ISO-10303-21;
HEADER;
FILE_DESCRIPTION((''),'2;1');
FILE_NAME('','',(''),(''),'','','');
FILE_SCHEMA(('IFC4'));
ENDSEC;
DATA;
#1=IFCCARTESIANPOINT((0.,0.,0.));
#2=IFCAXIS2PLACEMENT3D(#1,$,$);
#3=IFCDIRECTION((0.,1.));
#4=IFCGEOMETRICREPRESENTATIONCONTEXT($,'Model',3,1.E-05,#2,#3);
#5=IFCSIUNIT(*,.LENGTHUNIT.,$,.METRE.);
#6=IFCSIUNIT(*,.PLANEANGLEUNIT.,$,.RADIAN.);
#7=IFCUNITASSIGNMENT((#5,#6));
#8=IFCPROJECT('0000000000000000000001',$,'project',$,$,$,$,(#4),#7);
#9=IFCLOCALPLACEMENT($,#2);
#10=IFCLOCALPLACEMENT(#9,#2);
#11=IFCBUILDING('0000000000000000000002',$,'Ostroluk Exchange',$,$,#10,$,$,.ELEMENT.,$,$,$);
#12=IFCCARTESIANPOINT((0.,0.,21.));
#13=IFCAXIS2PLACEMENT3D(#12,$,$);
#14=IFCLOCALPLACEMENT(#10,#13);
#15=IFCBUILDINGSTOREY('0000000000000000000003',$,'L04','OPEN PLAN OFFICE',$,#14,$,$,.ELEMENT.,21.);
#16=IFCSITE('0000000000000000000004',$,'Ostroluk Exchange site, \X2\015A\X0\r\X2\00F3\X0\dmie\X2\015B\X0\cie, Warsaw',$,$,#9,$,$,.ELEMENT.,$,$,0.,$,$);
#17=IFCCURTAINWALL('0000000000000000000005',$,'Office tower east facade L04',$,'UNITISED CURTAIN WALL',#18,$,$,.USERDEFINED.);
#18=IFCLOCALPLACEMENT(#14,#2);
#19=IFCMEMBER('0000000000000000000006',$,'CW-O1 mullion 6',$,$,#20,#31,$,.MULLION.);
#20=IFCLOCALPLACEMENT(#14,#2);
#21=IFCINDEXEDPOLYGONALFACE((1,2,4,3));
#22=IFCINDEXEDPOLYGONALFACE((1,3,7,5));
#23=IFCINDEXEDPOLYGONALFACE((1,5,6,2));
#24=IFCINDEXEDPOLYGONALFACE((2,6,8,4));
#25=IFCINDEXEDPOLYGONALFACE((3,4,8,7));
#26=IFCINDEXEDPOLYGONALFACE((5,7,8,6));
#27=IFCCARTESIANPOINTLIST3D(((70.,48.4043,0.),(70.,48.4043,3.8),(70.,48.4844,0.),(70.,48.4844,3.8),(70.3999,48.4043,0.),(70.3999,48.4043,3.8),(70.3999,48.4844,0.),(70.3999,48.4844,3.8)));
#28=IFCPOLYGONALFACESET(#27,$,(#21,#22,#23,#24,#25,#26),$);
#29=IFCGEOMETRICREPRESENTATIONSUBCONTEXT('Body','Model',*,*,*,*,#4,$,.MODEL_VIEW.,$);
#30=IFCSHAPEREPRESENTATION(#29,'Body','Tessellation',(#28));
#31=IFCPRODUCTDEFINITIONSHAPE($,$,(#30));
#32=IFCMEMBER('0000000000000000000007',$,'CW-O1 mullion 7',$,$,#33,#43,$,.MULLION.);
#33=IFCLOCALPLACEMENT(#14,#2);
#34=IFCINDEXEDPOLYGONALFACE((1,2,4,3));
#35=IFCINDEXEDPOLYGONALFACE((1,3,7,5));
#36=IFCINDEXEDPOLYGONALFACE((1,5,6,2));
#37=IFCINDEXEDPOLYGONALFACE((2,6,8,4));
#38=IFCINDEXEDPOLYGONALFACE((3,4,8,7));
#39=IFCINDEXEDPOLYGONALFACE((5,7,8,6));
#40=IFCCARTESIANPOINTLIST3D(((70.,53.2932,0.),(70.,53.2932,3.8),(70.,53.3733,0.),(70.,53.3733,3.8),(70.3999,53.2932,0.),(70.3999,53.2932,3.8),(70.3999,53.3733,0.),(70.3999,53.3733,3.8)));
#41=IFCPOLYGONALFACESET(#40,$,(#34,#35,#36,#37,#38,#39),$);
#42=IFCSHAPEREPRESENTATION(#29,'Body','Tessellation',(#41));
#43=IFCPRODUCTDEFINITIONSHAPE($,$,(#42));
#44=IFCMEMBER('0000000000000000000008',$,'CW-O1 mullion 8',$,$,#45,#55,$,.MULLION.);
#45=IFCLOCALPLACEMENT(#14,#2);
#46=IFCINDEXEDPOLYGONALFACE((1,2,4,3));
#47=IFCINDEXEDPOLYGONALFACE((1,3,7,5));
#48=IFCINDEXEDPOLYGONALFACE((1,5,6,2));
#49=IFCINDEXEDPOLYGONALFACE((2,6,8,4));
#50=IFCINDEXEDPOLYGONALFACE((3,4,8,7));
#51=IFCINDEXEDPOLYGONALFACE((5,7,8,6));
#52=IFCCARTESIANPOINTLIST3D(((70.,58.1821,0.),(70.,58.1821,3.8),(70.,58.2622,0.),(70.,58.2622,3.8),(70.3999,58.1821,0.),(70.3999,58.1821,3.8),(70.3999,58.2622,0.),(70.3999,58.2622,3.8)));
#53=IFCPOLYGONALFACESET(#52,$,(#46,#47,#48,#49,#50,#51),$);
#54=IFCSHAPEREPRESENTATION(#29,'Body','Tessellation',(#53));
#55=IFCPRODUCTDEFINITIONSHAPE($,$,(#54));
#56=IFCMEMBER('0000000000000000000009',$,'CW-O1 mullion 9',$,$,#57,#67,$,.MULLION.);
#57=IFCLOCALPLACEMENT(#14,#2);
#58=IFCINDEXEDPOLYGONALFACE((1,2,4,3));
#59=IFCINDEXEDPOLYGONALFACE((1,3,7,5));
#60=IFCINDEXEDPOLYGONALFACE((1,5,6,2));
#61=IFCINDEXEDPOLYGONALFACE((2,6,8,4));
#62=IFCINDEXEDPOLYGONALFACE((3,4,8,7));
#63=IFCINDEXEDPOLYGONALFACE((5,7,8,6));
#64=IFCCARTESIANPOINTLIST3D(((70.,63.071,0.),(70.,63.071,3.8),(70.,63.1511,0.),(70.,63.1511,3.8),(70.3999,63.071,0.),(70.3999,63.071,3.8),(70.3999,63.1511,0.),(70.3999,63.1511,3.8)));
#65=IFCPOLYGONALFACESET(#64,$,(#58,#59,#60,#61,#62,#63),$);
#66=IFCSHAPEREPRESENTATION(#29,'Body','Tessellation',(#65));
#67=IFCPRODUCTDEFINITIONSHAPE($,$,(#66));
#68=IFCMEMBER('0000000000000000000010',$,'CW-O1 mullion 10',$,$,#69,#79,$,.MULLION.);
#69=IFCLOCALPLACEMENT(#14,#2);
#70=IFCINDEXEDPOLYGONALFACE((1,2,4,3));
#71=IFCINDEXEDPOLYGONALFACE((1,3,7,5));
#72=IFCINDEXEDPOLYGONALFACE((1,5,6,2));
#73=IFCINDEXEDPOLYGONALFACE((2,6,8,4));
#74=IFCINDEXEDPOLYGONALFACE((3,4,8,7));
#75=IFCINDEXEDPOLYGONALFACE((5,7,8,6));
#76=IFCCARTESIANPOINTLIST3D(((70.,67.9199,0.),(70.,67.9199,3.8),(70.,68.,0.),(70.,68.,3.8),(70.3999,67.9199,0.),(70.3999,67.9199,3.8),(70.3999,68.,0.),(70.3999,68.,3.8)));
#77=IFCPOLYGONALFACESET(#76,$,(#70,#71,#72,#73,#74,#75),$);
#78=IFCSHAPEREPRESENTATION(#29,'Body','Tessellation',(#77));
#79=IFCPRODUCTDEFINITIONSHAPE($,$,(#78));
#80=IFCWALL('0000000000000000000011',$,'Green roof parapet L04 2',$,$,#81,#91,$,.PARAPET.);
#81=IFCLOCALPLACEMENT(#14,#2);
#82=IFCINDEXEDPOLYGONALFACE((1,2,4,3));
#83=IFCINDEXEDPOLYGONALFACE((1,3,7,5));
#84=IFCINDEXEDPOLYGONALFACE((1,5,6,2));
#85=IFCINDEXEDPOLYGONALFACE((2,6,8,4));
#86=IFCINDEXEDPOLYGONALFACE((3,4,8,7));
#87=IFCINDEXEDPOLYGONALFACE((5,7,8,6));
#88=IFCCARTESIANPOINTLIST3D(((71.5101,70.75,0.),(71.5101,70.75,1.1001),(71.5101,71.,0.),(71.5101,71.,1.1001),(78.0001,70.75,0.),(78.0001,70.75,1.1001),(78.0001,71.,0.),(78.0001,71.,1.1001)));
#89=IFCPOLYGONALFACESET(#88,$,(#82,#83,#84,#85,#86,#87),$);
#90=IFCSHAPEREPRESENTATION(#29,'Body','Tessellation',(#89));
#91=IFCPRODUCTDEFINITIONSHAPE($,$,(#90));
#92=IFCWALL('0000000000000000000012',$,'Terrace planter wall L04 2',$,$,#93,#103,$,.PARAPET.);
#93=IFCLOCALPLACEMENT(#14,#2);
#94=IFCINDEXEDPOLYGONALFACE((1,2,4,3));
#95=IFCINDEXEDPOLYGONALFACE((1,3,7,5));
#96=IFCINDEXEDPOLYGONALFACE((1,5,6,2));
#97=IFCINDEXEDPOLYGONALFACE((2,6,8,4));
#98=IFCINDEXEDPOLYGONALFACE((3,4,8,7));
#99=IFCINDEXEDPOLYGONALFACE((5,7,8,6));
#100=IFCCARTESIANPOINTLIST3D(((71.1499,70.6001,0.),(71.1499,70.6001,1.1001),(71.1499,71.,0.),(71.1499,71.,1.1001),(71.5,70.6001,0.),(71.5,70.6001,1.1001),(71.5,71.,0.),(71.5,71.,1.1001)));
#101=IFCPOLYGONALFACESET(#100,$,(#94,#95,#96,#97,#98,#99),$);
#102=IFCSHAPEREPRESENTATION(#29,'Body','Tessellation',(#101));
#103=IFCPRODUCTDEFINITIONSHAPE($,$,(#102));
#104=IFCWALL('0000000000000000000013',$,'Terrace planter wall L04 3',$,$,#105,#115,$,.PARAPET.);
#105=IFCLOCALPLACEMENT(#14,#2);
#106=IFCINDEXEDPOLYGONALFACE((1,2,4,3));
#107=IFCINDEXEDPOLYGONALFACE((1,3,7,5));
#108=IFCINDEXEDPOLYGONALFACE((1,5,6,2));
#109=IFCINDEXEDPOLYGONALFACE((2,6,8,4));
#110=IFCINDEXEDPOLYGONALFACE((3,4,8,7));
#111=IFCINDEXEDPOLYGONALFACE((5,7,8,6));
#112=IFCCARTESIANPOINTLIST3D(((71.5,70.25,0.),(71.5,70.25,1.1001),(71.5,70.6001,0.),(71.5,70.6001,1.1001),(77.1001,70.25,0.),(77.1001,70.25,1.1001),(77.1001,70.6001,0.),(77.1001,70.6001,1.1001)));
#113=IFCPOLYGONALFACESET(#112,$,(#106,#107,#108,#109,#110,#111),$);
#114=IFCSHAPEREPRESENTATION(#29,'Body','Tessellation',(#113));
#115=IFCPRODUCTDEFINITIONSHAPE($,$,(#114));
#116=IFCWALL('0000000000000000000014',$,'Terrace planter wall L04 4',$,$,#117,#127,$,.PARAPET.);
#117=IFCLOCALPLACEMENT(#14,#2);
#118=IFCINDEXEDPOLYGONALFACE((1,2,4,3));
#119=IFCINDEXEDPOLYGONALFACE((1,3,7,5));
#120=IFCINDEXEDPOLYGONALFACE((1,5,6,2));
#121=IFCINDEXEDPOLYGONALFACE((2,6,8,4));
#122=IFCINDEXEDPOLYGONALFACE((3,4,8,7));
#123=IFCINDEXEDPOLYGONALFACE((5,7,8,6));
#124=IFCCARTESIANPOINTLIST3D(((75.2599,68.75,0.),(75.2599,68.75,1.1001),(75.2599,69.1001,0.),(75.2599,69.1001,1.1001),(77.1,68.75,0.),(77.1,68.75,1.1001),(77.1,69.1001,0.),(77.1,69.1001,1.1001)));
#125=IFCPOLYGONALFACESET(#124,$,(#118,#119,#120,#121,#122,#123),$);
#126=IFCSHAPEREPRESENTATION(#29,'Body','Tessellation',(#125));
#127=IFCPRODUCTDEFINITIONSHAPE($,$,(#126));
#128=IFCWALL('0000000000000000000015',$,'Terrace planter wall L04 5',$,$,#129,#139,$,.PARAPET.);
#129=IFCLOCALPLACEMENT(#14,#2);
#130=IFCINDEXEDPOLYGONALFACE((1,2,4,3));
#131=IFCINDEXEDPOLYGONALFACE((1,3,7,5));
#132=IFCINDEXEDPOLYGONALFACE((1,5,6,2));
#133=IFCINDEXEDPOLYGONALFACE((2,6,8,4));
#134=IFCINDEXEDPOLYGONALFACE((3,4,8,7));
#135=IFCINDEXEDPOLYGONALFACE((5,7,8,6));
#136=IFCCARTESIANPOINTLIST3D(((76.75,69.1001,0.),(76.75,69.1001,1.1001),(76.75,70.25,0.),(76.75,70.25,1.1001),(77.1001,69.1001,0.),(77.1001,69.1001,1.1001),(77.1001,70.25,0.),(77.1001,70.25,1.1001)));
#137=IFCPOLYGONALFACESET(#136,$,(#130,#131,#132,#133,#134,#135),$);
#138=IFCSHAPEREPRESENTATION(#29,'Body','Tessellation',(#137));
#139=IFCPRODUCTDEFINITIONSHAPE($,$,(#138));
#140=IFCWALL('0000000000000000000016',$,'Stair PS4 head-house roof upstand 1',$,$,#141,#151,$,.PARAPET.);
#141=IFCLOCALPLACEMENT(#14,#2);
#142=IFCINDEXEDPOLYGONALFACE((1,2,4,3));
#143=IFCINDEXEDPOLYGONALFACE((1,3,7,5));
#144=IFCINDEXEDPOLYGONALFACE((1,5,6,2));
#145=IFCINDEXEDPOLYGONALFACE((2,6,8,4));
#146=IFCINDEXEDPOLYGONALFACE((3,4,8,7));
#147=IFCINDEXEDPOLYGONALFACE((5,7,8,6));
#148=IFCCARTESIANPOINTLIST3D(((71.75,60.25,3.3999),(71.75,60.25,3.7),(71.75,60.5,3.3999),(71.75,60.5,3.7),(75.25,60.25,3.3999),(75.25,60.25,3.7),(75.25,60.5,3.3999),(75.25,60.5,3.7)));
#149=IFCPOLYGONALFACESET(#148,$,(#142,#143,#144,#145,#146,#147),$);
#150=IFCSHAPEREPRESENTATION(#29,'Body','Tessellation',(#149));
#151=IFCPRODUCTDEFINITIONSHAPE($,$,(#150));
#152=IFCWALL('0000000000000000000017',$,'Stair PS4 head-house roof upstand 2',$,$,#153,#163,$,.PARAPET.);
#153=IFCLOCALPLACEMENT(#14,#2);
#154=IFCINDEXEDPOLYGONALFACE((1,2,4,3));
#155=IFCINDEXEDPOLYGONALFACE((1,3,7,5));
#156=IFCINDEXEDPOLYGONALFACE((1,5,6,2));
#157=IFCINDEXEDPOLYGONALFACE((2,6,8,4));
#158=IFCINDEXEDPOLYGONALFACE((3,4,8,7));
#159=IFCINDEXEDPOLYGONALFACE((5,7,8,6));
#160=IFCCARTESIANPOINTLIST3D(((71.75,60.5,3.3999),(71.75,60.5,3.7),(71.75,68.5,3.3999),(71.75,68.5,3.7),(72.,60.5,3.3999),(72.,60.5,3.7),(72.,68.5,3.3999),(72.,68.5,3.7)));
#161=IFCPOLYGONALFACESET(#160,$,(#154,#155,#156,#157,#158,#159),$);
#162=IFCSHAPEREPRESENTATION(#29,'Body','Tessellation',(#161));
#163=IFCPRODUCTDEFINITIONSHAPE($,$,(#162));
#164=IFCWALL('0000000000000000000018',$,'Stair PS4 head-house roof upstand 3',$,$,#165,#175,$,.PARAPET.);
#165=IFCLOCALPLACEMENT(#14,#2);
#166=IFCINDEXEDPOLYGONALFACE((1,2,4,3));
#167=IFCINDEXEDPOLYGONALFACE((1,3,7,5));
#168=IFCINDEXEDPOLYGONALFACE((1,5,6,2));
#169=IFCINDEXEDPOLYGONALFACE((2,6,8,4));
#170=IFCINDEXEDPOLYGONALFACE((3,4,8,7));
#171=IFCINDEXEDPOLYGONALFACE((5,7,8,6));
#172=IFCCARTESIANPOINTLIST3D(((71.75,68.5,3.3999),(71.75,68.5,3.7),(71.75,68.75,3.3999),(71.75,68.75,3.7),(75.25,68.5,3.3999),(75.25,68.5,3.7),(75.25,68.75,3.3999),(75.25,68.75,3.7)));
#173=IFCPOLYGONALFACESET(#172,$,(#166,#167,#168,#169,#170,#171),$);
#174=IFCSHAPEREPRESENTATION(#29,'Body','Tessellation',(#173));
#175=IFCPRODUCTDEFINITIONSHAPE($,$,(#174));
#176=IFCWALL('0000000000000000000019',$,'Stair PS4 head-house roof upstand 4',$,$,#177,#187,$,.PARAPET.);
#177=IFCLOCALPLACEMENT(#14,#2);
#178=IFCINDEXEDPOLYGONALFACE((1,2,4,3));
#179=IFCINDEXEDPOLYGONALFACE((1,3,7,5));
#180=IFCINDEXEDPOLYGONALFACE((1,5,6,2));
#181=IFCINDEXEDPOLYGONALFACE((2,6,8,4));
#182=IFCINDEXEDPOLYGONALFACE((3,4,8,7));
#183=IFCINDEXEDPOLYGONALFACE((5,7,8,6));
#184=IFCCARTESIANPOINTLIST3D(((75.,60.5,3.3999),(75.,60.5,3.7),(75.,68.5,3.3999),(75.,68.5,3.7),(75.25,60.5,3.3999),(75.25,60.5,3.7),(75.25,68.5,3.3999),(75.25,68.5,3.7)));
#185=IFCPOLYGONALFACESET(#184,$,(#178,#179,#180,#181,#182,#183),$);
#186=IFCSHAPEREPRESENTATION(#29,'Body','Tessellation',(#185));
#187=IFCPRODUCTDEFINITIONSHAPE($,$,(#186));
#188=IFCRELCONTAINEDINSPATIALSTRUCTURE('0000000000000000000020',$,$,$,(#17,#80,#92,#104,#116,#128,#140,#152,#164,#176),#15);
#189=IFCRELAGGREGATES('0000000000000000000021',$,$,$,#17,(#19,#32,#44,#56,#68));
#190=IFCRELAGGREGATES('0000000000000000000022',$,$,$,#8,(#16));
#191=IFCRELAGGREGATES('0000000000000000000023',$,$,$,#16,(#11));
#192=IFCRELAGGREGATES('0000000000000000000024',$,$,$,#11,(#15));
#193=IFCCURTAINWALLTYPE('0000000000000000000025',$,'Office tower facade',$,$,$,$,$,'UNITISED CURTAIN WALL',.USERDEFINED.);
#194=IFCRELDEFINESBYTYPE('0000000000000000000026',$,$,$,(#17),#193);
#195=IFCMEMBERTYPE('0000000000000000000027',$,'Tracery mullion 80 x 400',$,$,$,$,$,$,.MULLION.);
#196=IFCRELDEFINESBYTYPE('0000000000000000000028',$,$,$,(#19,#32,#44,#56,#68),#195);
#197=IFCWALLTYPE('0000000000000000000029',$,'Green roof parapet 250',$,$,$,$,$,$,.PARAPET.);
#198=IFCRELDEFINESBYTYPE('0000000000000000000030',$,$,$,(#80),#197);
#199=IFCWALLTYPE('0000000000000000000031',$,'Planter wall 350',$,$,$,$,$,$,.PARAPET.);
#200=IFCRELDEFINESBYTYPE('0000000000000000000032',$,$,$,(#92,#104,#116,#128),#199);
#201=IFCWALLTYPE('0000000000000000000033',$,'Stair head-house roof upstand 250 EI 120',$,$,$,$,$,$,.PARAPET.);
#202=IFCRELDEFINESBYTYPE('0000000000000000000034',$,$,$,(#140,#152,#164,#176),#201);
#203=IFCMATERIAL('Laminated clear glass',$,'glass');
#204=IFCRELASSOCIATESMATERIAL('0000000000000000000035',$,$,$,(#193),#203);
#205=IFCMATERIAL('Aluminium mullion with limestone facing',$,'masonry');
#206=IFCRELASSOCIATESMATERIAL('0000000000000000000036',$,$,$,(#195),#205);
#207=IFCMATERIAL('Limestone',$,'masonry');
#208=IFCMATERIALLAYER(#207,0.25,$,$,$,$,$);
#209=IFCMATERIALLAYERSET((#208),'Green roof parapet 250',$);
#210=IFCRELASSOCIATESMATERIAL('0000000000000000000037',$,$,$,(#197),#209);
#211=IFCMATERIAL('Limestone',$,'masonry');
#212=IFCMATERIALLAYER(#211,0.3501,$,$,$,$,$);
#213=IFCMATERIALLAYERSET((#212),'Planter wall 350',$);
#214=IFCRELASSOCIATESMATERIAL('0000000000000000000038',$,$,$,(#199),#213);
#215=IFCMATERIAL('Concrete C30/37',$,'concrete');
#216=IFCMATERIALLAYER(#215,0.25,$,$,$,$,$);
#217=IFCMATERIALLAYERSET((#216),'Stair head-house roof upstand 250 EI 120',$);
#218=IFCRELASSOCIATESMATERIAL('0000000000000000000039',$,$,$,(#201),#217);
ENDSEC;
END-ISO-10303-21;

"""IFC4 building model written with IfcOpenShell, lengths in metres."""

from ifc_helpers import new_model, si_unit, direction, frame, frame_2d, origin, origin_2d, place, context, subcontext, project, spatial, rectangle, extrude, material, layer, layer_set, material_profile, profile_set, type_object, element, aggregate, save


model = new_model("IFC4")

# Units and contexts
model_context = context("Model", 3, precision=1e-05, world=origin(), true_north=direction((0.0, 1.0)))
body_context = subcontext(model_context, "Body", "Model", "MODEL_VIEW")
ifc_project = project(units=[si_unit("LENGTHUNIT", "METRE"), si_unit("PLANEANGLEUNIT", "RADIAN")], contexts=[model_context])

# Site, building, storey
site_placement = place(None, origin())
site = spatial("IfcSite", under=ifc_project, at=site_placement, Name="Ostroluk Exchange site, Śródmieście, Warsaw", CompositionType="ELEMENT", RefElevation=0.0)
building_placement = place(site_placement, origin())
building = spatial("IfcBuilding", under=site, at=building_placement, Name="Ostroluk Exchange", CompositionType="ELEMENT")
storey_placement = place(building_placement, frame((0.0, 0.0, 21.0)))
storey = spatial("IfcBuildingStorey", under=building, at=storey_placement, Name="L04", Description="OPEN PLAN OFFICE", CompositionType="ELEMENT", Elevation=21.0)

# Curtain wall, members
ifc_material_1 = material(Name="Laminated clear glass", Category="glass")
curtain_wall_type = type_object("IfcCurtainWallType", Name="Office tower facade", ElementType="UNITISED CURTAIN WALL", PredefinedType="USERDEFINED", material=ifc_material_1)
curtain_wall_placement = place(storey_placement, origin())
curtain_wall = element("IfcCurtainWall", 1, at=curtain_wall_placement, inside=storey, type_object=curtain_wall_type, Name="Office tower east facade L04", ObjectType="UNITISED CURTAIN WALL", PredefinedType="USERDEFINED")
ifc_material_2 = material(Name="Aluminium mullion with limestone facing", Category="masonry")
ifc_material_profile = material_profile(ifc_material_2, rectangle(XDim=0.3999, YDim=0.0801, at=origin_2d()), Name="Tracery mullion 80 x 400")
ifc_profile_set = profile_set([ifc_material_profile], Name="Aluminium mullion with limestone facing")
member_type = type_object("IfcMemberType", Name="Tracery mullion 80 x 400", PredefinedType="MULLION", material=ifc_profile_set)
member_1_placement = place(storey_placement, frame((70.2, 48.4443, 0.0), z_axis=(0.0, 0.0, 1.0), x_axis=(-1.0, 0.0, 0.0)))
member_1 = element("IfcMember", 2, at=member_1_placement, type_object=member_type, Name="CW-O1 mullion 6", PredefinedType="MULLION", context=body_context, shape_type="SweptSolid", body=[
    extrude(rectangle(XDim=0.3999, YDim=0.0801, at=origin_2d()), origin(), (0.0, 0.0, 1.0), 3.8),
])
member_2_placement = place(storey_placement, frame((70.2, 53.3333, 0.0), z_axis=(0.0, 0.0, 1.0), x_axis=(-1.0, 0.0, 0.0)))
member_2 = element("IfcMember", 3, at=member_2_placement, type_object=member_type, Name="CW-O1 mullion 7", PredefinedType="MULLION", context=body_context, shape_type="SweptSolid", body=[
    extrude(rectangle(XDim=0.3999, YDim=0.0801, at=origin_2d()), origin(), (0.0, 0.0, 1.0), 3.8),
])
member_3_placement = place(storey_placement, frame((70.2, 58.2222, 0.0), z_axis=(0.0, 0.0, 1.0), x_axis=(-1.0, 0.0, 0.0)))
member_3 = element("IfcMember", 4, at=member_3_placement, type_object=member_type, Name="CW-O1 mullion 8", PredefinedType="MULLION", context=body_context, shape_type="SweptSolid", body=[
    extrude(rectangle(XDim=0.3999, YDim=0.0801, at=origin_2d()), origin(), (0.0, 0.0, 1.0), 3.8),
])
member_4_placement = place(storey_placement, frame((70.2, 63.1111, 0.0), z_axis=(0.0, 0.0, 1.0), x_axis=(-1.0, 0.0, 0.0)))
member_4 = element("IfcMember", 5, at=member_4_placement, type_object=member_type, Name="CW-O1 mullion 9", PredefinedType="MULLION", context=body_context, shape_type="SweptSolid", body=[
    extrude(rectangle(XDim=0.3999, YDim=0.0801, at=origin_2d()), origin(), (0.0, 0.0, 1.0), 3.8),
])
member_5_placement = place(storey_placement, frame((70.2, 67.96, 0.0), z_axis=(0.0, 0.0, 1.0), x_axis=(-1.0, 0.0, 0.0)))
member_5 = element("IfcMember", 6, at=member_5_placement, type_object=member_type, Name="CW-O1 mullion 10", PredefinedType="MULLION", context=body_context, shape_type="SweptSolid", body=[
    extrude(rectangle(XDim=0.3999, YDim=0.0801, at=origin_2d()), origin(), (0.0, 0.0, 1.0), 3.8),
])
aggregate(curtain_wall, [member_1, member_2, member_3, member_4, member_5])

# Walls
ifc_material_3 = material(Name="Limestone", Category="masonry")
ifc_layer_1 = layer(ifc_material_3, 0.25)
ifc_layer_set_1 = layer_set([ifc_layer_1], Name="Green roof parapet 250")
wall_type_1 = type_object("IfcWallType", Name="Green roof parapet 250", PredefinedType="PARAPET", material=ifc_layer_set_1)
wall_1_placement = place(storey_placement, frame((71.51, 70.875, 0.0), z_axis=(0.0, 0.0, 1.0), x_axis=(1.0, 0.0, 0.0)))
element("IfcWall", 7, at=wall_1_placement, inside=storey, type_object=wall_type_1, Name="Green roof parapet L04 2", PredefinedType="PARAPET", context=body_context, shape_type="SweptSolid", body=[
    extrude(rectangle(XDim=6.49, YDim=0.25, at=frame_2d((3.2451, 0.0))), origin(), (0.0, 0.0, 1.0), 1.1001),
])
ifc_material_4 = material(Name="Limestone", Category="masonry")
ifc_layer_2 = layer(ifc_material_4, 0.3501)
ifc_layer_set_2 = layer_set([ifc_layer_2], Name="Planter wall 350")
wall_type_2 = type_object("IfcWallType", Name="Planter wall 350", PredefinedType="PARAPET", material=ifc_layer_set_2)
wall_2_placement = place(storey_placement, frame((71.325, 70.6001, 0.0), z_axis=(0.0, 0.0, 1.0), x_axis=(0.0, 1.0, 0.0)))
element("IfcWall", 8, at=wall_2_placement, inside=storey, type_object=wall_type_2, Name="Terrace planter wall L04 2", PredefinedType="PARAPET", context=body_context, shape_type="SweptSolid", body=[
    extrude(rectangle(XDim=0.3999, YDim=0.3501, at=frame_2d((0.2, 0.0))), origin(), (0.0, 0.0, 1.0), 1.1001),
])
wall_3_placement = place(storey_placement, frame((71.5, 70.425, 0.0), z_axis=(0.0, 0.0, 1.0), x_axis=(1.0, 0.0, 0.0)))
element("IfcWall", 9, at=wall_3_placement, inside=storey, type_object=wall_type_2, Name="Terrace planter wall L04 3", PredefinedType="PARAPET", context=body_context, shape_type="SweptSolid", body=[
    extrude(rectangle(XDim=5.6001, YDim=0.3501, at=frame_2d((2.8, 0.0))), origin(), (0.0, 0.0, 1.0), 1.1001),
])
wall_4_placement = place(storey_placement, frame((75.26, 68.925, 0.0), z_axis=(0.0, 0.0, 1.0), x_axis=(1.0, 0.0, 0.0)))
element("IfcWall", 10, at=wall_4_placement, inside=storey, type_object=wall_type_2, Name="Terrace planter wall L04 4", PredefinedType="PARAPET", context=body_context, shape_type="SweptSolid", body=[
    extrude(rectangle(XDim=1.8401, YDim=0.3501, at=frame_2d((0.9199, 0.0))), origin(), (0.0, 0.0, 1.0), 1.1001),
])
wall_5_placement = place(storey_placement, frame((76.925, 69.1001, 0.0), z_axis=(0.0, 0.0, 1.0), x_axis=(0.0, 1.0, 0.0)))
element("IfcWall", 11, at=wall_5_placement, inside=storey, type_object=wall_type_2, Name="Terrace planter wall L04 5", PredefinedType="PARAPET", context=body_context, shape_type="SweptSolid", body=[
    extrude(rectangle(XDim=1.1499, YDim=0.3501, at=frame_2d((0.575, 0.0))), origin(), (0.0, 0.0, 1.0), 1.1001),
])
ifc_material_5 = material(Name="Concrete C30/37", Category="concrete")
ifc_layer_3 = layer(ifc_material_5, 0.25)
ifc_layer_set_3 = layer_set([ifc_layer_3], Name="Stair head-house roof upstand 250 EI 120")
wall_type_3 = type_object("IfcWallType", Name="Stair head-house roof upstand 250 EI 120", PredefinedType="PARAPET", material=ifc_layer_set_3)
wall_6_placement = place(storey_placement, frame((71.75, 60.375, 3.3999), z_axis=(0.0, 0.0, 1.0), x_axis=(1.0, 0.0, 0.0)))
element("IfcWall", 12, at=wall_6_placement, inside=storey, type_object=wall_type_3, Name="Stair PS4 head-house roof upstand 1", PredefinedType="PARAPET", context=body_context, shape_type="SweptSolid", body=[
    extrude(rectangle(XDim=3.5, YDim=0.25, at=frame_2d((1.75, 0.0))), origin(), (0.0, 0.0, 1.0), 0.3),
])
wall_7_placement = place(storey_placement, frame((71.875, 60.5, 3.3999), z_axis=(0.0, 0.0, 1.0), x_axis=(0.0, 1.0, 0.0)))
element("IfcWall", 13, at=wall_7_placement, inside=storey, type_object=wall_type_3, Name="Stair PS4 head-house roof upstand 2", PredefinedType="PARAPET", context=body_context, shape_type="SweptSolid", body=[
    extrude(rectangle(XDim=8.0, YDim=0.25, at=frame_2d((4.0, 0.0))), origin(), (0.0, 0.0, 1.0), 0.3),
])
wall_8_placement = place(storey_placement, frame((71.75, 68.625, 3.3999), z_axis=(0.0, 0.0, 1.0), x_axis=(1.0, 0.0, 0.0)))
element("IfcWall", 14, at=wall_8_placement, inside=storey, type_object=wall_type_3, Name="Stair PS4 head-house roof upstand 3", PredefinedType="PARAPET", context=body_context, shape_type="SweptSolid", body=[
    extrude(rectangle(XDim=3.5, YDim=0.25, at=frame_2d((1.75, 0.0))), origin(), (0.0, 0.0, 1.0), 0.3),
])
wall_9_placement = place(storey_placement, frame((75.125, 60.5, 3.3999), z_axis=(0.0, 0.0, 1.0), x_axis=(0.0, 1.0, 0.0)))
element("IfcWall", 15, at=wall_9_placement, inside=storey, type_object=wall_type_3, Name="Stair PS4 head-house roof upstand 4", PredefinedType="PARAPET", context=body_context, shape_type="SweptSolid", body=[
    extrude(rectangle(XDim=8.0, YDim=0.25, at=frame_2d((4.0, 0.0))), origin(), (0.0, 0.0, 1.0), 0.3),
])

save(model, "model.ifc")
